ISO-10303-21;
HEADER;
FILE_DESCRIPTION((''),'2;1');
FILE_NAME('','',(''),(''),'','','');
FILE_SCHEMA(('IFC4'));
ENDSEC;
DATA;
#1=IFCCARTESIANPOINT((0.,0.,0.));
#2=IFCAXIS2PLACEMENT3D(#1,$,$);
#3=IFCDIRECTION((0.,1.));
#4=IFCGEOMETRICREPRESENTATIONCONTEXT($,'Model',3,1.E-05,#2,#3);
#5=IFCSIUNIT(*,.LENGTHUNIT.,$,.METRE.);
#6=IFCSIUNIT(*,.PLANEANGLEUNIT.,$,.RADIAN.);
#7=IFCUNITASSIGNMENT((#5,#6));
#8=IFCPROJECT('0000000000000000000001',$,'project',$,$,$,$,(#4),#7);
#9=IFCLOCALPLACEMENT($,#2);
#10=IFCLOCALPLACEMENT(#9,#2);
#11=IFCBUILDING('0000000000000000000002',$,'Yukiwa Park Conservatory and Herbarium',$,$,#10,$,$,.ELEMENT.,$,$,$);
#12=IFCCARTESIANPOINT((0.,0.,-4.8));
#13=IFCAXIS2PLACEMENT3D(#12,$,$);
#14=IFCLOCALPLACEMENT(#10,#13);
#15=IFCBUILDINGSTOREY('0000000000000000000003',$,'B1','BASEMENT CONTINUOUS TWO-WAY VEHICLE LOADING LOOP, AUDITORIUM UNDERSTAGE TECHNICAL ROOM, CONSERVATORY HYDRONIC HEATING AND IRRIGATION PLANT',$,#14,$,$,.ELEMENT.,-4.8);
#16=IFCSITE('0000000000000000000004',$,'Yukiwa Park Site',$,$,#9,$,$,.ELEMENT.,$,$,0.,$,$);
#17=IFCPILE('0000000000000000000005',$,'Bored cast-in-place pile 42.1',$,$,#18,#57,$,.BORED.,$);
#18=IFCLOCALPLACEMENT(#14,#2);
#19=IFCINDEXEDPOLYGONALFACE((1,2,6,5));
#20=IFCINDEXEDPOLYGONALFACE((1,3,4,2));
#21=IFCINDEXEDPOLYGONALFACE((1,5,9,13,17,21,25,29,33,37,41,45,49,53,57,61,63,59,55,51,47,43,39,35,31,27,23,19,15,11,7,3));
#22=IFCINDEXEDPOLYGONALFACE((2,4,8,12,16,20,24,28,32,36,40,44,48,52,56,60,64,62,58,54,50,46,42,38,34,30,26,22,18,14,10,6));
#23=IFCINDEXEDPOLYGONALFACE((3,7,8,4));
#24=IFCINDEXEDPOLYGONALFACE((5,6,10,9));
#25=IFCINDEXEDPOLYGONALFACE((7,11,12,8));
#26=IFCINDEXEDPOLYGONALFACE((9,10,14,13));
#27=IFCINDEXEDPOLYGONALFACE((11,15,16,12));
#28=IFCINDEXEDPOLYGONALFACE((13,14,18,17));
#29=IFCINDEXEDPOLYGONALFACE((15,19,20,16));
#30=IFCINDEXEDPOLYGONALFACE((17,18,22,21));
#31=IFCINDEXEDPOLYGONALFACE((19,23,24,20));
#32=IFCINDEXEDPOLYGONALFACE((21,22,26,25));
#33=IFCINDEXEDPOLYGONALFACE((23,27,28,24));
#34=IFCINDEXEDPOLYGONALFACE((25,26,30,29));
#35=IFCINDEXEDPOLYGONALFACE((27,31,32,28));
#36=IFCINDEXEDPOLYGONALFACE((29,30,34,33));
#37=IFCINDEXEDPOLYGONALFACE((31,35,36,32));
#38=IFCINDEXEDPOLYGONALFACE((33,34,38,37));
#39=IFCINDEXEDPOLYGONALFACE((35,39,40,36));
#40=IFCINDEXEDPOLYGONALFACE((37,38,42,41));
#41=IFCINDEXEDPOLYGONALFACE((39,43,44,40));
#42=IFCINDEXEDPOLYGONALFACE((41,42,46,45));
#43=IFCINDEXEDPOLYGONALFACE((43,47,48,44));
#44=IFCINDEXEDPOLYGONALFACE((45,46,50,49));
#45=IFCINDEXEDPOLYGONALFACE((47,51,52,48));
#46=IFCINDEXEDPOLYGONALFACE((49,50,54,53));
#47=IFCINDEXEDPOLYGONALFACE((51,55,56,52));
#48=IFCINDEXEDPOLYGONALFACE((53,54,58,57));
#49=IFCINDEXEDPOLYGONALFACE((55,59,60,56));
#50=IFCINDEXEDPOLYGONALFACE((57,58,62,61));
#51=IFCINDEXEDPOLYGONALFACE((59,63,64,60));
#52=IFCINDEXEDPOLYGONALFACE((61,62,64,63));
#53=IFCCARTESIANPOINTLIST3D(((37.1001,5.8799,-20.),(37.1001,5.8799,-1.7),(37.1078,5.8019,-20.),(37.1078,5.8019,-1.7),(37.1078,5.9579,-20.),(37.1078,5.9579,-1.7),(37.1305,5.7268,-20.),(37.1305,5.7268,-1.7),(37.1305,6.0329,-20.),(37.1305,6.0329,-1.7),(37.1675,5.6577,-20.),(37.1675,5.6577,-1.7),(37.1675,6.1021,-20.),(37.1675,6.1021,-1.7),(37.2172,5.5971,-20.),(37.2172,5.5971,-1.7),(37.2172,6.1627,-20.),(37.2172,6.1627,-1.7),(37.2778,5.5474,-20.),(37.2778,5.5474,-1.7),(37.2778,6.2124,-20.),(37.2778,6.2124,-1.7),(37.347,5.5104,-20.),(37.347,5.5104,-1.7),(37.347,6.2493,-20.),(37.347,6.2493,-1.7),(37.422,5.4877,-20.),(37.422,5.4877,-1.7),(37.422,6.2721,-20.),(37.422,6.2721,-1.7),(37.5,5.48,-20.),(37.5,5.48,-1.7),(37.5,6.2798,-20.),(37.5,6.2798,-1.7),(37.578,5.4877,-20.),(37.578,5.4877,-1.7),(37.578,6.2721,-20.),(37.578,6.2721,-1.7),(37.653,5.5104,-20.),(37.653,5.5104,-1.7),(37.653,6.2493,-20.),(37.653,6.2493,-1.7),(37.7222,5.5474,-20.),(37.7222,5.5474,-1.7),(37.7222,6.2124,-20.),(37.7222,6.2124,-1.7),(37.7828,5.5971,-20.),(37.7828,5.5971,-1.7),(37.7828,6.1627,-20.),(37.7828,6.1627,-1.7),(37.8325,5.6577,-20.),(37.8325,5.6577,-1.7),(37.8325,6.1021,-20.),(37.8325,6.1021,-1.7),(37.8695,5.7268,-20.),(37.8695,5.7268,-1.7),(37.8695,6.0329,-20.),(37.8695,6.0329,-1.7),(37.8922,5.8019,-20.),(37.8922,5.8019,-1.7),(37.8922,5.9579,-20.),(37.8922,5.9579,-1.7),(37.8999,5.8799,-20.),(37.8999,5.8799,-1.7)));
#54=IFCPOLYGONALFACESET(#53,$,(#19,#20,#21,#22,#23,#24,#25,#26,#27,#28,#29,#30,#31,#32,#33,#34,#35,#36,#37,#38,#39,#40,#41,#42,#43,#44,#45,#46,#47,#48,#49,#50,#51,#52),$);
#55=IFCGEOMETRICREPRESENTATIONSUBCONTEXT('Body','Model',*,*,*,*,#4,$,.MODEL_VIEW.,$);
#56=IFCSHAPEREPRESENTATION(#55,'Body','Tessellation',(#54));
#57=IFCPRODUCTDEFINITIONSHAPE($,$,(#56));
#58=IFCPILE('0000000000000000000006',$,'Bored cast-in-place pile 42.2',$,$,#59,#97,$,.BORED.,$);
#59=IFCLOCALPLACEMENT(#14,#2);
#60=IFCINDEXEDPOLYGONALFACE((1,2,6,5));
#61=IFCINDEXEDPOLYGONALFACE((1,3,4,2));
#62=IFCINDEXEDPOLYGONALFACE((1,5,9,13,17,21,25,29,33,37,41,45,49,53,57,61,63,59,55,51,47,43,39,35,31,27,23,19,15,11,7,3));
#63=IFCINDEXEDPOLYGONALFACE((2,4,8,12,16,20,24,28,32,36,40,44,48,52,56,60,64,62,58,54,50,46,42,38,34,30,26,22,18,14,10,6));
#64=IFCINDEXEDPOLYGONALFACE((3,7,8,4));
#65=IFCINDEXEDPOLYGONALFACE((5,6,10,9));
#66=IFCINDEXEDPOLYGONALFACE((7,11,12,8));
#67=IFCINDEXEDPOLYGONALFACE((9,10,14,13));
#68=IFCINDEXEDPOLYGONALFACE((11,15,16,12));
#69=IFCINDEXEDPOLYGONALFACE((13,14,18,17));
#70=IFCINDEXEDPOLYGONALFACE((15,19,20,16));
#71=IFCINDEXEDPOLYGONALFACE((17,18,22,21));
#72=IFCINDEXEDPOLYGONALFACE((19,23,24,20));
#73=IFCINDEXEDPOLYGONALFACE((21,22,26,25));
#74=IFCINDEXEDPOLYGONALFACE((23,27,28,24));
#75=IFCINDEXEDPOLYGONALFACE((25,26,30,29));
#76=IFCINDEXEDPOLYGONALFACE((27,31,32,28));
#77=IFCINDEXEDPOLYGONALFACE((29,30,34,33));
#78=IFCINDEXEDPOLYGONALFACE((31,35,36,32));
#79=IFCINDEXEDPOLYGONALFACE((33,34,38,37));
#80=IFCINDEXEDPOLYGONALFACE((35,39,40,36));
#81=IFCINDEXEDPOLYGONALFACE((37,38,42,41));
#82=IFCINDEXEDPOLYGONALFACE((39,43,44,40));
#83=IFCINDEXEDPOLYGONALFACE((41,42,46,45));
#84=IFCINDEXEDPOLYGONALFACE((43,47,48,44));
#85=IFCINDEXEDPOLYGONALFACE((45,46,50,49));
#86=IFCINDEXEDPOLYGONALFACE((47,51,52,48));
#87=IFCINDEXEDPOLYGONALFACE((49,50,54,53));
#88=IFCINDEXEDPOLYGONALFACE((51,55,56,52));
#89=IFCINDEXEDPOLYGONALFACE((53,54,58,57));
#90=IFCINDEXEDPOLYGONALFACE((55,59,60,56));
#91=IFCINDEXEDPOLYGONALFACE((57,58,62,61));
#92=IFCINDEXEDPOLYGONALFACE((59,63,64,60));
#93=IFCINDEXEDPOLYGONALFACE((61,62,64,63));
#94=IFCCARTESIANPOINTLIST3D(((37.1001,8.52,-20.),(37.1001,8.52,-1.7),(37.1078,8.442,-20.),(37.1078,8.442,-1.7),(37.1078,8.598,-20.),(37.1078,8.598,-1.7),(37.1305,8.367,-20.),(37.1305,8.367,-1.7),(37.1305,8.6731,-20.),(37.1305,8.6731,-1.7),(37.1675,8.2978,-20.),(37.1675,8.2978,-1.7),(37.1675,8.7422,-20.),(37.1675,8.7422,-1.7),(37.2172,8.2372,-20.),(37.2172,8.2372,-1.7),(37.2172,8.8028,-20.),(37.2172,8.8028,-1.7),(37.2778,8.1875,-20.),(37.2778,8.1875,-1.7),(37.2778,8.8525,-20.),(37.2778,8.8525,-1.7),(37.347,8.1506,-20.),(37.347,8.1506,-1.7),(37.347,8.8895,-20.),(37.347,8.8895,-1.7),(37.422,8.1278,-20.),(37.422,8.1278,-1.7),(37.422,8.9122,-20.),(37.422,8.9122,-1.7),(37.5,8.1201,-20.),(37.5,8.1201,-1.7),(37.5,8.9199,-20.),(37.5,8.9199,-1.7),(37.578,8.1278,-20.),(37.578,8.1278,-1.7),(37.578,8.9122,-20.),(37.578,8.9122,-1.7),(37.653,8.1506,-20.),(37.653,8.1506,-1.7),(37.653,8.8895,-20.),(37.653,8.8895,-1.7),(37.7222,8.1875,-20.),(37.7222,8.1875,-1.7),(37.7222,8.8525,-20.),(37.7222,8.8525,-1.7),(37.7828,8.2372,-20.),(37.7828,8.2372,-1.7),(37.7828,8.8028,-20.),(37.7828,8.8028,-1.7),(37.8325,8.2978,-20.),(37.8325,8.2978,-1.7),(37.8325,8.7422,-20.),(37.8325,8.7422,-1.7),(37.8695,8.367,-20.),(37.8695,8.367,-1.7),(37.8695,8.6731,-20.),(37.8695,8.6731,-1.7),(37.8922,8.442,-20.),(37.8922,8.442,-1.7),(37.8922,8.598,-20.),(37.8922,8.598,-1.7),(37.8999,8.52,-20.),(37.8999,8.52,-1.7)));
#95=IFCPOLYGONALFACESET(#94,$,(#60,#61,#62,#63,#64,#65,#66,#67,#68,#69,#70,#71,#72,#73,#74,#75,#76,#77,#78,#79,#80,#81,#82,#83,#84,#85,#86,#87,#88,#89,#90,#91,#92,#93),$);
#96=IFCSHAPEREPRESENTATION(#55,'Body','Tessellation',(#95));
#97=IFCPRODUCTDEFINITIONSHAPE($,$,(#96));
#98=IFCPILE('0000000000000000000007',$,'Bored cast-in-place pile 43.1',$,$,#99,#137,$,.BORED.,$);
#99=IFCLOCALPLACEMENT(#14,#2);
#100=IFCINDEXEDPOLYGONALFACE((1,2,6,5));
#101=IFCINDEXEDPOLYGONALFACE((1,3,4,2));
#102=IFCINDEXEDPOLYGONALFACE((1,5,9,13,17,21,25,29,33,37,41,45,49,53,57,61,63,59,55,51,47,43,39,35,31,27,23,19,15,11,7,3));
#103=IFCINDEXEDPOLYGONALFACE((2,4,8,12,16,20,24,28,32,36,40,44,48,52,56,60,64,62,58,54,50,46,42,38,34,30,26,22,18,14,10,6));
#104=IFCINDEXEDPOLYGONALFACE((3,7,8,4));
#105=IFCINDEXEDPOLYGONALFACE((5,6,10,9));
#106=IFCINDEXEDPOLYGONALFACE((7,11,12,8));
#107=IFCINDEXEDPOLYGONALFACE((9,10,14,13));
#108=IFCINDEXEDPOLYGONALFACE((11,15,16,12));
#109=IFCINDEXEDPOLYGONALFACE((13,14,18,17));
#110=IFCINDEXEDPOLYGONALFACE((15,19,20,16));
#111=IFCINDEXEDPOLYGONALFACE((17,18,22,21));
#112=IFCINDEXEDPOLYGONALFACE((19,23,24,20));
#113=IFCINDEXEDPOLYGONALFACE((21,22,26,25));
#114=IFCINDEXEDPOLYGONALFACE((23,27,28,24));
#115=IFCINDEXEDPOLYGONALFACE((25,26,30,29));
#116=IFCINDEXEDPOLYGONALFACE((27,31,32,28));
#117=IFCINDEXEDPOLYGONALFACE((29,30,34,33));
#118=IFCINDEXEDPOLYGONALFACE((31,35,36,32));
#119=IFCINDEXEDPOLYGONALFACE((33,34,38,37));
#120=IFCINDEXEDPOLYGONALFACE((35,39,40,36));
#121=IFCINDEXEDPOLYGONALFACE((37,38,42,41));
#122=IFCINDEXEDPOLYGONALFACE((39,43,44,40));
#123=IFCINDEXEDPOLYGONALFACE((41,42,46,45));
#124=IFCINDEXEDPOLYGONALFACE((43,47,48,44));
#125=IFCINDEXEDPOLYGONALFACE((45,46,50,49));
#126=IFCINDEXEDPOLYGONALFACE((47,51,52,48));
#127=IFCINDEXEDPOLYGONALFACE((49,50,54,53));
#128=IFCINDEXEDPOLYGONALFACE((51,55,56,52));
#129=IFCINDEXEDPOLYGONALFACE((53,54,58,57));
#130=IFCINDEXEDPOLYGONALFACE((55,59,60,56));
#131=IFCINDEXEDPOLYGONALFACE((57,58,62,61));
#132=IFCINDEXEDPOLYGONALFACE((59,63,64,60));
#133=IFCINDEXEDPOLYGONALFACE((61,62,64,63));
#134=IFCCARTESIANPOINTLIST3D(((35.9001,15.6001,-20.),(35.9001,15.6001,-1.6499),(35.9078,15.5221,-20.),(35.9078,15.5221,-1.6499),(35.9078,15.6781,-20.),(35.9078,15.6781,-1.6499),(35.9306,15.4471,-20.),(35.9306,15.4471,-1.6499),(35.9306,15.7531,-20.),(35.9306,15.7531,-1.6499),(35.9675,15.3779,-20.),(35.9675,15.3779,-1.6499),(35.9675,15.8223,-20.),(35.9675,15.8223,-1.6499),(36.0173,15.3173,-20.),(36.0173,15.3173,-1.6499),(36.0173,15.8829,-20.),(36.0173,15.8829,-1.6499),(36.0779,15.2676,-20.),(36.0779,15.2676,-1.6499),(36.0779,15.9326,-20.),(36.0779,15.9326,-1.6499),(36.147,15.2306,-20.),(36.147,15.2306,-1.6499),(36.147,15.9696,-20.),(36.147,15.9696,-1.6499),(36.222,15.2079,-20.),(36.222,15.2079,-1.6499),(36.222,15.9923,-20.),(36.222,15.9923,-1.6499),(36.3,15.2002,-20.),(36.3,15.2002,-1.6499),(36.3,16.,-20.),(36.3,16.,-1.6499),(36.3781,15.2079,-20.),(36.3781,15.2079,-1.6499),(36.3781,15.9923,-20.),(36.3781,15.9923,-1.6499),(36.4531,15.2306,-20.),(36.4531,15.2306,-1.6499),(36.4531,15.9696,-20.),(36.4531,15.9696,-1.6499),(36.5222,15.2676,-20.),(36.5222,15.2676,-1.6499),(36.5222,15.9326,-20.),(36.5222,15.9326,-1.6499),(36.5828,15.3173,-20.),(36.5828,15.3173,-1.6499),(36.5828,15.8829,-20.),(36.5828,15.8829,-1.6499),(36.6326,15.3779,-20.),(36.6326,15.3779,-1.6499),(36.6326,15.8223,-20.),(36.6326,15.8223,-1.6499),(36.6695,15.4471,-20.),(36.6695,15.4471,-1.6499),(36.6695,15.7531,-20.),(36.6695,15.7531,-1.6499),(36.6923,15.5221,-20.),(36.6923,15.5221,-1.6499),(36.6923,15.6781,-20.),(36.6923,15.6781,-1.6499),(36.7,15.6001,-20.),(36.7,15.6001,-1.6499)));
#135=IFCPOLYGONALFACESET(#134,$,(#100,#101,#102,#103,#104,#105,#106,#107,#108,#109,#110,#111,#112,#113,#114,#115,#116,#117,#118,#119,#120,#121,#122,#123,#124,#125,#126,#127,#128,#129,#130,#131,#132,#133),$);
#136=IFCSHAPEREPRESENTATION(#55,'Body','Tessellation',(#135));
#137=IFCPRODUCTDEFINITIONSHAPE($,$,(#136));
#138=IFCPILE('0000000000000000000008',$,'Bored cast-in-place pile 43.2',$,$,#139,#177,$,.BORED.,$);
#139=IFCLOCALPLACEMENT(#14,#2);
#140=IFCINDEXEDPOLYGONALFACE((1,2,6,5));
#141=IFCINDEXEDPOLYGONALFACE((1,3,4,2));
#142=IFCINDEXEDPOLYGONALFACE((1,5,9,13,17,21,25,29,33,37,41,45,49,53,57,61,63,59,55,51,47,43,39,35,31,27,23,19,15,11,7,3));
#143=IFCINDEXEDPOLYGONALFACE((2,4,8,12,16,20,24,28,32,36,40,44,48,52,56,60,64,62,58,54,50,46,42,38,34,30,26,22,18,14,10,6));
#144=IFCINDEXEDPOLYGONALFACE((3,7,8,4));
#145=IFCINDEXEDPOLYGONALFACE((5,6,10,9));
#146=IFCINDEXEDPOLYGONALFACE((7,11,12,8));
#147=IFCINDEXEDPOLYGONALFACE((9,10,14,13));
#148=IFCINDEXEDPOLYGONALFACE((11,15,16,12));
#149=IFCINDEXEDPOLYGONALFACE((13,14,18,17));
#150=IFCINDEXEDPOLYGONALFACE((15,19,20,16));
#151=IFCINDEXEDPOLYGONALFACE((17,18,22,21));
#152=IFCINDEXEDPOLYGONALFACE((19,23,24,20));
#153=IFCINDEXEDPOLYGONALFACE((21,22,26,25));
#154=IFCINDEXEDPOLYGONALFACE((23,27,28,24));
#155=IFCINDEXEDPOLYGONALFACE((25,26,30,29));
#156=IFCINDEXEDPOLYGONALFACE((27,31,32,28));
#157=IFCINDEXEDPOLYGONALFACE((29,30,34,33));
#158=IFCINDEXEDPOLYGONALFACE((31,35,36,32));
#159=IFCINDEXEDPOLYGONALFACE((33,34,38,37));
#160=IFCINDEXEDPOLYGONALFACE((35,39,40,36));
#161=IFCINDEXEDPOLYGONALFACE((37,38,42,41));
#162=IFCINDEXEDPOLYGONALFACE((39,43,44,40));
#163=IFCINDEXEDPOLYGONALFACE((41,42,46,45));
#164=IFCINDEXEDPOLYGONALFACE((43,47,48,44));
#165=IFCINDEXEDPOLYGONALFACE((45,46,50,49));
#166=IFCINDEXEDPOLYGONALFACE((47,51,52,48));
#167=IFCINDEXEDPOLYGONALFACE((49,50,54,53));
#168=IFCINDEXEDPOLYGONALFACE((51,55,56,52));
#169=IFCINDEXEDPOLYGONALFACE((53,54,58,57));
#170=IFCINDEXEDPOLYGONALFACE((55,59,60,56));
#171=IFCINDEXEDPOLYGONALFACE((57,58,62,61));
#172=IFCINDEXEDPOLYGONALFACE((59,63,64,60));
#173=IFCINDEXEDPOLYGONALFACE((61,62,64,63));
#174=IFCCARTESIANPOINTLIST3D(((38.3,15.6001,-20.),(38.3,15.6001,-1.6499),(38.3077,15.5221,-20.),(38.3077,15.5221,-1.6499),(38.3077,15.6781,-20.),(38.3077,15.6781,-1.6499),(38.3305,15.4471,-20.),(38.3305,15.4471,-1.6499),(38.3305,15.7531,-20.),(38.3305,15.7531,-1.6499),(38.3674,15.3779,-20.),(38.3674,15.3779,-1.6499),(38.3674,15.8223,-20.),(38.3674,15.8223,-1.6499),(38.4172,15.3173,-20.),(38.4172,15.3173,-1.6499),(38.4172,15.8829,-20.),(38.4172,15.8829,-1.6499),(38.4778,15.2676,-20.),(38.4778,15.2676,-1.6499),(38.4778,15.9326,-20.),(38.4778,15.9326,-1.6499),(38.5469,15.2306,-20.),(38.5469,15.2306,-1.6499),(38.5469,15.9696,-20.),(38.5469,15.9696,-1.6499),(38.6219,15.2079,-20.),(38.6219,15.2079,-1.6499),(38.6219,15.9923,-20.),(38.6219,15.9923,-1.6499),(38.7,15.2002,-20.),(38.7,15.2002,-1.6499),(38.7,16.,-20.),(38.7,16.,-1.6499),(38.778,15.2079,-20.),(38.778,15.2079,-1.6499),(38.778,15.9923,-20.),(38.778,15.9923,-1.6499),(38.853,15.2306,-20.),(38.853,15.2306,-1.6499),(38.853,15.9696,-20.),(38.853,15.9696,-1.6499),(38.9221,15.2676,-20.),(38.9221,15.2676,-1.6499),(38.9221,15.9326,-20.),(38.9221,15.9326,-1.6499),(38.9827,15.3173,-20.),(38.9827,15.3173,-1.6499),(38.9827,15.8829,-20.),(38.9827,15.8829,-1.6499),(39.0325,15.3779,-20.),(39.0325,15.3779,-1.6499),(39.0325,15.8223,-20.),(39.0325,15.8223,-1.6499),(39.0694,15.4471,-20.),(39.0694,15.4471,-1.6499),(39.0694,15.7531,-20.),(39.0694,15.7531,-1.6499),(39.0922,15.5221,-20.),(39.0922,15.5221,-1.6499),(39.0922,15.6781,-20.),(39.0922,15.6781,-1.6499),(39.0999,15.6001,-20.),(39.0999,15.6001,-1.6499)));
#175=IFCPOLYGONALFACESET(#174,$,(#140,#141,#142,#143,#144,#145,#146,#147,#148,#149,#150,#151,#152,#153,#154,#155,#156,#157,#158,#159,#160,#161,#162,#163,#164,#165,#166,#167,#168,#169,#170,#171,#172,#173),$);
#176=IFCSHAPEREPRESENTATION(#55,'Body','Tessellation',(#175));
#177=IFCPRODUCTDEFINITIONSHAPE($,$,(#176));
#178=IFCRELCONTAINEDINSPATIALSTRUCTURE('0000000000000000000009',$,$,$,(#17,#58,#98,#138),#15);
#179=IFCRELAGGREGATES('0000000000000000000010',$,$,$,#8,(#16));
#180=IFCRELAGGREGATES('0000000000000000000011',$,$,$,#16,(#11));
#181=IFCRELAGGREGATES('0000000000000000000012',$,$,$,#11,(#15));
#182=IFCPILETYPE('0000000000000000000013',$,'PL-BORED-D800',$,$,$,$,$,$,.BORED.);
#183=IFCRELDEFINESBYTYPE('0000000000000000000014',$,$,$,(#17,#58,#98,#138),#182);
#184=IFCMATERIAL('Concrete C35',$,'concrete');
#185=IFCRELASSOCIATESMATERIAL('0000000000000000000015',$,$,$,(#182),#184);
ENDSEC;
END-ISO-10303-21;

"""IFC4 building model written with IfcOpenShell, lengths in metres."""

from ifc_helpers import new_model, si_unit, direction, frame, origin, origin_2d, place, context, subcontext, project, spatial, circle, extrude, material, material_profile, profile_set, type_object, element, save


model = new_model("IFC4")

# Units and contexts
model_context = context("Model", 3, precision=1e-05, world=origin(), true_north=direction((0.0, 1.0)))
body_context = subcontext(model_context, "Body", "Model", "MODEL_VIEW")
ifc_project = project(units=[si_unit("LENGTHUNIT", "METRE"), si_unit("PLANEANGLEUNIT", "RADIAN")], contexts=[model_context])

# Site, building, storey
site_placement = place(None, origin())
site = spatial("IfcSite", under=ifc_project, at=site_placement, Name="Yukiwa Park Site", CompositionType="ELEMENT", RefElevation=0.0)
building_placement = place(site_placement, origin())
building = spatial("IfcBuilding", under=site, at=building_placement, Name="Yukiwa Park Conservatory and Herbarium", CompositionType="ELEMENT")
storey_placement = place(building_placement, frame((0.0, 0.0, -4.8)))
storey = spatial("IfcBuildingStorey", under=building, at=storey_placement, Name="B1", Description="BASEMENT CONTINUOUS TWO-WAY VEHICLE LOADING LOOP, AUDITORIUM UNDERSTAGE TECHNICAL ROOM, CONSERVATORY HYDRONIC HEATING AND IRRIGATION PLANT", CompositionType="ELEMENT", Elevation=-4.8)

# Piles
ifc_material_1 = material(Name="Concrete C35", Category="concrete")
ifc_material_profile_1 = material_profile(ifc_material_1, circle(Radius=0.3999, at=origin_2d()), Name="PILE D800")
ifc_profile_set_1 = profile_set([ifc_material_profile_1], Name="Concrete C35")
pile_type = type_object("IfcPileType", Name="PL-BORED-D800", PredefinedType="BORED", material=ifc_profile_set_1)
for number, where, z_axis, x_axis, name in (
    (1, (37.5, 5.8799, -1.7), (0.0, 0.0, -1.0), (1.0, 0.0, 0.0), "Bored cast-in-place pile 42.1"),
    (2, (37.5, 8.52, -1.7), (0.0, 0.0, -1.0), (1.0, 0.0, 0.0), "Bored cast-in-place pile 42.2"),
):
    element("IfcPile", number, at=place(storey_placement, frame(where, z_axis=z_axis, x_axis=x_axis)), inside=storey, type_object=pile_type, Name=name, PredefinedType="BORED", context=body_context, shape_type="SweptSolid", body=[
        extrude(circle(Radius=0.3999, at=origin_2d()), origin(), (0.0, 0.0, 1.0), 18.3),
    ])
for number, where, z_axis, x_axis, name in (
    (3, (36.3, 15.6001, -1.6499), (0.0, 0.0, -1.0), (1.0, 0.0, 0.0), "Bored cast-in-place pile 43.1"),
    (4, (38.7, 15.6001, -1.6499), (0.0, 0.0, -1.0), (1.0, 0.0, 0.0), "Bored cast-in-place pile 43.2"),
):
    element("IfcPile", number, at=place(storey_placement, frame(where, z_axis=z_axis, x_axis=x_axis)), inside=storey, type_object=pile_type, Name=name, PredefinedType="BORED", context=body_context, shape_type="SweptSolid", body=[
        extrude(circle(Radius=0.3999, at=origin_2d()), origin(), (0.0, 0.0, 1.0), 18.3501),
    ])

save(model, "model.ifc")
